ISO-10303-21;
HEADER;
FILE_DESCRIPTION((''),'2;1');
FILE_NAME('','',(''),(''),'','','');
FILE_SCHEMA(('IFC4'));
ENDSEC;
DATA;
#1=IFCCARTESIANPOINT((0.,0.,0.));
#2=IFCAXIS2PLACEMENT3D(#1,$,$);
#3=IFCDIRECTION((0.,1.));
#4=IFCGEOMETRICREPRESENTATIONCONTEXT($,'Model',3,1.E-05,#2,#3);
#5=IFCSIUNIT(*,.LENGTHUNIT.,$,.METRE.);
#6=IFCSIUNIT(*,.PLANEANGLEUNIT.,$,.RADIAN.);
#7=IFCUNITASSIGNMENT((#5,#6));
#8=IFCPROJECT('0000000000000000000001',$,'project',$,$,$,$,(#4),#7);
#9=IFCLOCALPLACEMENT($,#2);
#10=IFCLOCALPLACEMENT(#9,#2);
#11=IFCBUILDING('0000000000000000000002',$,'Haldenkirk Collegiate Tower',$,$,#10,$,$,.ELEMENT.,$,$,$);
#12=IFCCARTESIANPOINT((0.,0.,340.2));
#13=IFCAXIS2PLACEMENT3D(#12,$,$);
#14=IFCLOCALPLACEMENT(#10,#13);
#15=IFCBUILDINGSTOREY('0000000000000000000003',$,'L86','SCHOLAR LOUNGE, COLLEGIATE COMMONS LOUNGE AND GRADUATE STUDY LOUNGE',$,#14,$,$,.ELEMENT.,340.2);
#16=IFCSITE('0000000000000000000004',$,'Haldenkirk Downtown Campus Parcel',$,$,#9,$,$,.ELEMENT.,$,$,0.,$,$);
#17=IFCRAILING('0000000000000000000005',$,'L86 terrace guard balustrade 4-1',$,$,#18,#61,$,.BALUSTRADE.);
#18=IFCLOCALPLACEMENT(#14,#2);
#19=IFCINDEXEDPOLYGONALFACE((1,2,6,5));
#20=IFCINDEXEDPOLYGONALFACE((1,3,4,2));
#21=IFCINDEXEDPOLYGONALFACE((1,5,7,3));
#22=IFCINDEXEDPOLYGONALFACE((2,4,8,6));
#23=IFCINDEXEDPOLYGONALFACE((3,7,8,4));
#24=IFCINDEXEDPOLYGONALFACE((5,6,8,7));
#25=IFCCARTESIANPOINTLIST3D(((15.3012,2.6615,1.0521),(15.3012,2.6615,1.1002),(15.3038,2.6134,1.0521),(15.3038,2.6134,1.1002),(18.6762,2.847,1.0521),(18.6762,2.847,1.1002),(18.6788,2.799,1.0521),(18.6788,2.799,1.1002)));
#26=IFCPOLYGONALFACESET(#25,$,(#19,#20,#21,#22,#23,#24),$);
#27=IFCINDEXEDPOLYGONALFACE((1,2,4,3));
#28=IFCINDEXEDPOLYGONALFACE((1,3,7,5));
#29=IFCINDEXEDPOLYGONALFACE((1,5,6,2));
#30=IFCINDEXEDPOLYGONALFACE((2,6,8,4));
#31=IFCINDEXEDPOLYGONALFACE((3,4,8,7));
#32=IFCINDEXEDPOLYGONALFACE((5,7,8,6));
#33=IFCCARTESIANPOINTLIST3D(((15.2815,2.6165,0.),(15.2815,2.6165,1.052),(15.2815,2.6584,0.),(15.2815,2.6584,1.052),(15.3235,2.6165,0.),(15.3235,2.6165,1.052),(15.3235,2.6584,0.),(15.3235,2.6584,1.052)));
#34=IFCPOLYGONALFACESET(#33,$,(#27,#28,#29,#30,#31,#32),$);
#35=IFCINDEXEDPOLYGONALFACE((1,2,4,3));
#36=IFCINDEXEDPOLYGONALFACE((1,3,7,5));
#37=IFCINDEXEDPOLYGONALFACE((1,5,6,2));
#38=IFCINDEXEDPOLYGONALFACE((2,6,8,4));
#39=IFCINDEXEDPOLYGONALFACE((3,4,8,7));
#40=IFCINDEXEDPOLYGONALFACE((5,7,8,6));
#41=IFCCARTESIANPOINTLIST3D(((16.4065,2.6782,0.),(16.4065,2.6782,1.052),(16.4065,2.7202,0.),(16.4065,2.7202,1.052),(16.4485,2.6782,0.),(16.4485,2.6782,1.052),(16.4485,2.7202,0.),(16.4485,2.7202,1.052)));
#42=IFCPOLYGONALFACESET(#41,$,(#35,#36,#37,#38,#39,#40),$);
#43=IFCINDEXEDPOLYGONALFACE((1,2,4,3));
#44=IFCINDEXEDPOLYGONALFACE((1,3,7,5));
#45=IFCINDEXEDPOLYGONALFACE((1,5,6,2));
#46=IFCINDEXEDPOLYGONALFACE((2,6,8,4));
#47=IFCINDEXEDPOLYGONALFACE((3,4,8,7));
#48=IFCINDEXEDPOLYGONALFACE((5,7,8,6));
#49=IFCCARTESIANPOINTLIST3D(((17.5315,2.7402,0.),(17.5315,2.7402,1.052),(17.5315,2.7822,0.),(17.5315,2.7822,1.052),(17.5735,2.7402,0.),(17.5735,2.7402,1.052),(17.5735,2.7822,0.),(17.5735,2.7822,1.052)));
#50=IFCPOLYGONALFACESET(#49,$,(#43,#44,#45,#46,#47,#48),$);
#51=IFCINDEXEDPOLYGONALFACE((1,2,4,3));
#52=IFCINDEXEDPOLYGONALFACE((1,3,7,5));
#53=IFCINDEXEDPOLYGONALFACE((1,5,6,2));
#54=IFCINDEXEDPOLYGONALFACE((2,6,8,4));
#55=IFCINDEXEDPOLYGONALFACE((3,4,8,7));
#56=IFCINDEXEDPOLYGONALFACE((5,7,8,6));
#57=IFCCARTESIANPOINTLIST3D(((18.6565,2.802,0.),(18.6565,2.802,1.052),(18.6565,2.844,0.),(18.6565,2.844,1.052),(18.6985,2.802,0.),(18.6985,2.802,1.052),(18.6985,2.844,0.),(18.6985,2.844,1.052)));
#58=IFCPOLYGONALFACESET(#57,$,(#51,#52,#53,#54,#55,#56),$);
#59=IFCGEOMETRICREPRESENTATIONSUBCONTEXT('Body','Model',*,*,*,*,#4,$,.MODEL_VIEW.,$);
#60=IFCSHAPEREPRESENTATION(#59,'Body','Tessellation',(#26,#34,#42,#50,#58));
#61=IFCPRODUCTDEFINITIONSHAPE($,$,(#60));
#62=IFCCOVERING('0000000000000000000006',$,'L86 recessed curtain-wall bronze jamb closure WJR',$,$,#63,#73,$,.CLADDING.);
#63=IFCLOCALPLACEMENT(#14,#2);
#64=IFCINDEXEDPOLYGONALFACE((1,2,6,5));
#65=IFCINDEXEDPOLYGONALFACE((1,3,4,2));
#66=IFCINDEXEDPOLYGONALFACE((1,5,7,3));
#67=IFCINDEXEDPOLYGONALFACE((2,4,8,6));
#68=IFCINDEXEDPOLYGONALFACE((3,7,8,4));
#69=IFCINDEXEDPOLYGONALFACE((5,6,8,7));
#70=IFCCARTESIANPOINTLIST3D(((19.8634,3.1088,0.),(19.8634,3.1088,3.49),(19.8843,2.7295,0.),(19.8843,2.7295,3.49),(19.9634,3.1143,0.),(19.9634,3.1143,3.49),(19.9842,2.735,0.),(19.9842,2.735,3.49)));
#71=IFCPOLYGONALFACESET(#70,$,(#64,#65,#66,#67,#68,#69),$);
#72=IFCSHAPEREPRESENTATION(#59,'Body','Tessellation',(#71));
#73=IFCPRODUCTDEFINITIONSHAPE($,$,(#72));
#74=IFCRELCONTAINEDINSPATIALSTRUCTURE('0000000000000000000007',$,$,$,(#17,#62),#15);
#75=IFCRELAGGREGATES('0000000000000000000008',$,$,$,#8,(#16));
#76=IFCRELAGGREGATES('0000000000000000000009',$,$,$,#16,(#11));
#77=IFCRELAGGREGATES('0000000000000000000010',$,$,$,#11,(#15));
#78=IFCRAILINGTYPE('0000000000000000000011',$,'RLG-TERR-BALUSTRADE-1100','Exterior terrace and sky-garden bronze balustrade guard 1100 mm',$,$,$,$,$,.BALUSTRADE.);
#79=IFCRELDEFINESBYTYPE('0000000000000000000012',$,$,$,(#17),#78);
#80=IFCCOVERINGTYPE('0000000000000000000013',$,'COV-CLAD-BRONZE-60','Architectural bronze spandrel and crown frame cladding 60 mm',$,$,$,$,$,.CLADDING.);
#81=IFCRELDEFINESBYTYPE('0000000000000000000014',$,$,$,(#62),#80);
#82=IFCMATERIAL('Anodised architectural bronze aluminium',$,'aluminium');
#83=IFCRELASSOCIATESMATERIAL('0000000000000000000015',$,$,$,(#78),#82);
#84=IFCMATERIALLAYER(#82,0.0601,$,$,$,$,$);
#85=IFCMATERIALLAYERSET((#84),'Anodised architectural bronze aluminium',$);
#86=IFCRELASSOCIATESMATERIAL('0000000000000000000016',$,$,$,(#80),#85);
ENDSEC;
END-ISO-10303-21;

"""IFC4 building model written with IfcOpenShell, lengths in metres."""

from ifc_helpers import new_model, si_unit, direction, frame, origin, origin_2d, place, context, subcontext, project, spatial, rectangle, extrude, source, transform, mapped, material, layer, layer_set, type_object, element, save


model = new_model("IFC4")

# Units and contexts
model_context = context("Model", 3, precision=1e-05, world=origin(), true_north=direction((0.0, 1.0)))
body_context = subcontext(model_context, "Body", "Model", "MODEL_VIEW")
ifc_project = project(units=[si_unit("LENGTHUNIT", "METRE"), si_unit("PLANEANGLEUNIT", "RADIAN")], contexts=[model_context])

# Site, building, storey
site_placement = place(None, origin())
site = spatial("IfcSite", under=ifc_project, at=site_placement, Name="Haldenkirk Downtown Campus Parcel", CompositionType="ELEMENT", RefElevation=0.0)
building_placement = place(site_placement, origin())
building = spatial("IfcBuilding", under=site, at=building_placement, Name="Haldenkirk Collegiate Tower", CompositionType="ELEMENT")
storey_placement = place(building_placement, frame((0.0, 0.0, 340.2)))
storey = spatial("IfcBuildingStorey", under=building, at=storey_placement, Name="L86", Description="SCHOLAR LOUNGE, COLLEGIATE COMMONS LOUNGE AND GRADUATE STUDY LOUNGE", CompositionType="ELEMENT", Elevation=340.2)

# Shared definitions
ifc_material_1 = material(Name="Anodised architectural bronze aluminium", Category="aluminium")

# Railing
railing_type = type_object("IfcRailingType", Name="RLG-TERR-BALUSTRADE-1100", Description="Exterior terrace and sky-garden bronze balustrade guard 1100 mm", PredefinedType="BALUSTRADE", material=ifc_material_1)
railing_placement = place(storey_placement, frame((15.3025, 2.6375, 0.0)))
element("IfcRailing", 1, at=railing_placement, inside=storey, type_object=railing_type, Name="L86 terrace guard balustrade 4-1", PredefinedType="BALUSTRADE", context=body_context, shape_type="SweptSolid", body=[
    extrude(rectangle(XDim=0.0481, YDim=0.0481, at=origin_2d()), frame((0.0, 0.0, 1.0762), z_axis=(0.998492, 0.054894, 0.0), x_axis=(-0.054894, 0.998492, 0.0)), (0.0, 0.0, 1.0), 3.3801),
    extrude(rectangle(XDim=0.042, YDim=0.042, at=origin_2d()), origin(), (0.0, 0.0, 1.0), 1.052),
    extrude(rectangle(XDim=0.042, YDim=0.042, at=origin_2d()), frame((1.125, 0.0618, 0.0)), (0.0, 0.0, 1.0), 1.052),
    extrude(rectangle(XDim=0.042, YDim=0.042, at=origin_2d()), frame((2.25, 0.1238, 0.0)), (0.0, 0.0, 1.0), 1.052),
    extrude(rectangle(XDim=0.042, YDim=0.042, at=origin_2d()), frame((3.375, 0.1855, 0.0)), (0.0, 0.0, 1.0), 1.052),
])

# Covering
ifc_layer_1 = layer(ifc_material_1, 0.0601)
ifc_layer_set_1 = layer_set([ifc_layer_1], Name="Anodised architectural bronze aluminium")
covering_type = type_object("IfcCoveringType", Name="COV-CLAD-BRONZE-60", Description="Architectural bronze spandrel and crown frame cladding 60 mm", PredefinedType="CLADDING", material=ifc_layer_set_1)
shared_shape_1 = source(origin(), body_context, "Body", "SweptSolid", [
    extrude(rectangle(XDim=0.1001, YDim=0.3799, at=origin_2d()), origin(), (0.0, 0.0, 1.0), 3.49),
])
covering_placement = place(storey_placement, frame((19.9238, 2.9219, 0.0), z_axis=(0.0, 0.0, 1.0), x_axis=(-0.998489, -0.05495, 0.0)))
element("IfcCovering", 2, at=covering_placement, inside=storey, type_object=covering_type, Name="L86 recessed curtain-wall bronze jamb closure WJR", PredefinedType="CLADDING", context=body_context, shape_type="MappedRepresentation", body=[
    mapped(shared_shape_1, transform((0.0, 0.0, 0.0), x_axis=(1.0, 0.0, 0.0), y_axis=(0.0, 1.0, 0.0), z_axis=(0.0, 0.0, 1.0), scale=1.0)),
])

save(model, "model.ifc")
